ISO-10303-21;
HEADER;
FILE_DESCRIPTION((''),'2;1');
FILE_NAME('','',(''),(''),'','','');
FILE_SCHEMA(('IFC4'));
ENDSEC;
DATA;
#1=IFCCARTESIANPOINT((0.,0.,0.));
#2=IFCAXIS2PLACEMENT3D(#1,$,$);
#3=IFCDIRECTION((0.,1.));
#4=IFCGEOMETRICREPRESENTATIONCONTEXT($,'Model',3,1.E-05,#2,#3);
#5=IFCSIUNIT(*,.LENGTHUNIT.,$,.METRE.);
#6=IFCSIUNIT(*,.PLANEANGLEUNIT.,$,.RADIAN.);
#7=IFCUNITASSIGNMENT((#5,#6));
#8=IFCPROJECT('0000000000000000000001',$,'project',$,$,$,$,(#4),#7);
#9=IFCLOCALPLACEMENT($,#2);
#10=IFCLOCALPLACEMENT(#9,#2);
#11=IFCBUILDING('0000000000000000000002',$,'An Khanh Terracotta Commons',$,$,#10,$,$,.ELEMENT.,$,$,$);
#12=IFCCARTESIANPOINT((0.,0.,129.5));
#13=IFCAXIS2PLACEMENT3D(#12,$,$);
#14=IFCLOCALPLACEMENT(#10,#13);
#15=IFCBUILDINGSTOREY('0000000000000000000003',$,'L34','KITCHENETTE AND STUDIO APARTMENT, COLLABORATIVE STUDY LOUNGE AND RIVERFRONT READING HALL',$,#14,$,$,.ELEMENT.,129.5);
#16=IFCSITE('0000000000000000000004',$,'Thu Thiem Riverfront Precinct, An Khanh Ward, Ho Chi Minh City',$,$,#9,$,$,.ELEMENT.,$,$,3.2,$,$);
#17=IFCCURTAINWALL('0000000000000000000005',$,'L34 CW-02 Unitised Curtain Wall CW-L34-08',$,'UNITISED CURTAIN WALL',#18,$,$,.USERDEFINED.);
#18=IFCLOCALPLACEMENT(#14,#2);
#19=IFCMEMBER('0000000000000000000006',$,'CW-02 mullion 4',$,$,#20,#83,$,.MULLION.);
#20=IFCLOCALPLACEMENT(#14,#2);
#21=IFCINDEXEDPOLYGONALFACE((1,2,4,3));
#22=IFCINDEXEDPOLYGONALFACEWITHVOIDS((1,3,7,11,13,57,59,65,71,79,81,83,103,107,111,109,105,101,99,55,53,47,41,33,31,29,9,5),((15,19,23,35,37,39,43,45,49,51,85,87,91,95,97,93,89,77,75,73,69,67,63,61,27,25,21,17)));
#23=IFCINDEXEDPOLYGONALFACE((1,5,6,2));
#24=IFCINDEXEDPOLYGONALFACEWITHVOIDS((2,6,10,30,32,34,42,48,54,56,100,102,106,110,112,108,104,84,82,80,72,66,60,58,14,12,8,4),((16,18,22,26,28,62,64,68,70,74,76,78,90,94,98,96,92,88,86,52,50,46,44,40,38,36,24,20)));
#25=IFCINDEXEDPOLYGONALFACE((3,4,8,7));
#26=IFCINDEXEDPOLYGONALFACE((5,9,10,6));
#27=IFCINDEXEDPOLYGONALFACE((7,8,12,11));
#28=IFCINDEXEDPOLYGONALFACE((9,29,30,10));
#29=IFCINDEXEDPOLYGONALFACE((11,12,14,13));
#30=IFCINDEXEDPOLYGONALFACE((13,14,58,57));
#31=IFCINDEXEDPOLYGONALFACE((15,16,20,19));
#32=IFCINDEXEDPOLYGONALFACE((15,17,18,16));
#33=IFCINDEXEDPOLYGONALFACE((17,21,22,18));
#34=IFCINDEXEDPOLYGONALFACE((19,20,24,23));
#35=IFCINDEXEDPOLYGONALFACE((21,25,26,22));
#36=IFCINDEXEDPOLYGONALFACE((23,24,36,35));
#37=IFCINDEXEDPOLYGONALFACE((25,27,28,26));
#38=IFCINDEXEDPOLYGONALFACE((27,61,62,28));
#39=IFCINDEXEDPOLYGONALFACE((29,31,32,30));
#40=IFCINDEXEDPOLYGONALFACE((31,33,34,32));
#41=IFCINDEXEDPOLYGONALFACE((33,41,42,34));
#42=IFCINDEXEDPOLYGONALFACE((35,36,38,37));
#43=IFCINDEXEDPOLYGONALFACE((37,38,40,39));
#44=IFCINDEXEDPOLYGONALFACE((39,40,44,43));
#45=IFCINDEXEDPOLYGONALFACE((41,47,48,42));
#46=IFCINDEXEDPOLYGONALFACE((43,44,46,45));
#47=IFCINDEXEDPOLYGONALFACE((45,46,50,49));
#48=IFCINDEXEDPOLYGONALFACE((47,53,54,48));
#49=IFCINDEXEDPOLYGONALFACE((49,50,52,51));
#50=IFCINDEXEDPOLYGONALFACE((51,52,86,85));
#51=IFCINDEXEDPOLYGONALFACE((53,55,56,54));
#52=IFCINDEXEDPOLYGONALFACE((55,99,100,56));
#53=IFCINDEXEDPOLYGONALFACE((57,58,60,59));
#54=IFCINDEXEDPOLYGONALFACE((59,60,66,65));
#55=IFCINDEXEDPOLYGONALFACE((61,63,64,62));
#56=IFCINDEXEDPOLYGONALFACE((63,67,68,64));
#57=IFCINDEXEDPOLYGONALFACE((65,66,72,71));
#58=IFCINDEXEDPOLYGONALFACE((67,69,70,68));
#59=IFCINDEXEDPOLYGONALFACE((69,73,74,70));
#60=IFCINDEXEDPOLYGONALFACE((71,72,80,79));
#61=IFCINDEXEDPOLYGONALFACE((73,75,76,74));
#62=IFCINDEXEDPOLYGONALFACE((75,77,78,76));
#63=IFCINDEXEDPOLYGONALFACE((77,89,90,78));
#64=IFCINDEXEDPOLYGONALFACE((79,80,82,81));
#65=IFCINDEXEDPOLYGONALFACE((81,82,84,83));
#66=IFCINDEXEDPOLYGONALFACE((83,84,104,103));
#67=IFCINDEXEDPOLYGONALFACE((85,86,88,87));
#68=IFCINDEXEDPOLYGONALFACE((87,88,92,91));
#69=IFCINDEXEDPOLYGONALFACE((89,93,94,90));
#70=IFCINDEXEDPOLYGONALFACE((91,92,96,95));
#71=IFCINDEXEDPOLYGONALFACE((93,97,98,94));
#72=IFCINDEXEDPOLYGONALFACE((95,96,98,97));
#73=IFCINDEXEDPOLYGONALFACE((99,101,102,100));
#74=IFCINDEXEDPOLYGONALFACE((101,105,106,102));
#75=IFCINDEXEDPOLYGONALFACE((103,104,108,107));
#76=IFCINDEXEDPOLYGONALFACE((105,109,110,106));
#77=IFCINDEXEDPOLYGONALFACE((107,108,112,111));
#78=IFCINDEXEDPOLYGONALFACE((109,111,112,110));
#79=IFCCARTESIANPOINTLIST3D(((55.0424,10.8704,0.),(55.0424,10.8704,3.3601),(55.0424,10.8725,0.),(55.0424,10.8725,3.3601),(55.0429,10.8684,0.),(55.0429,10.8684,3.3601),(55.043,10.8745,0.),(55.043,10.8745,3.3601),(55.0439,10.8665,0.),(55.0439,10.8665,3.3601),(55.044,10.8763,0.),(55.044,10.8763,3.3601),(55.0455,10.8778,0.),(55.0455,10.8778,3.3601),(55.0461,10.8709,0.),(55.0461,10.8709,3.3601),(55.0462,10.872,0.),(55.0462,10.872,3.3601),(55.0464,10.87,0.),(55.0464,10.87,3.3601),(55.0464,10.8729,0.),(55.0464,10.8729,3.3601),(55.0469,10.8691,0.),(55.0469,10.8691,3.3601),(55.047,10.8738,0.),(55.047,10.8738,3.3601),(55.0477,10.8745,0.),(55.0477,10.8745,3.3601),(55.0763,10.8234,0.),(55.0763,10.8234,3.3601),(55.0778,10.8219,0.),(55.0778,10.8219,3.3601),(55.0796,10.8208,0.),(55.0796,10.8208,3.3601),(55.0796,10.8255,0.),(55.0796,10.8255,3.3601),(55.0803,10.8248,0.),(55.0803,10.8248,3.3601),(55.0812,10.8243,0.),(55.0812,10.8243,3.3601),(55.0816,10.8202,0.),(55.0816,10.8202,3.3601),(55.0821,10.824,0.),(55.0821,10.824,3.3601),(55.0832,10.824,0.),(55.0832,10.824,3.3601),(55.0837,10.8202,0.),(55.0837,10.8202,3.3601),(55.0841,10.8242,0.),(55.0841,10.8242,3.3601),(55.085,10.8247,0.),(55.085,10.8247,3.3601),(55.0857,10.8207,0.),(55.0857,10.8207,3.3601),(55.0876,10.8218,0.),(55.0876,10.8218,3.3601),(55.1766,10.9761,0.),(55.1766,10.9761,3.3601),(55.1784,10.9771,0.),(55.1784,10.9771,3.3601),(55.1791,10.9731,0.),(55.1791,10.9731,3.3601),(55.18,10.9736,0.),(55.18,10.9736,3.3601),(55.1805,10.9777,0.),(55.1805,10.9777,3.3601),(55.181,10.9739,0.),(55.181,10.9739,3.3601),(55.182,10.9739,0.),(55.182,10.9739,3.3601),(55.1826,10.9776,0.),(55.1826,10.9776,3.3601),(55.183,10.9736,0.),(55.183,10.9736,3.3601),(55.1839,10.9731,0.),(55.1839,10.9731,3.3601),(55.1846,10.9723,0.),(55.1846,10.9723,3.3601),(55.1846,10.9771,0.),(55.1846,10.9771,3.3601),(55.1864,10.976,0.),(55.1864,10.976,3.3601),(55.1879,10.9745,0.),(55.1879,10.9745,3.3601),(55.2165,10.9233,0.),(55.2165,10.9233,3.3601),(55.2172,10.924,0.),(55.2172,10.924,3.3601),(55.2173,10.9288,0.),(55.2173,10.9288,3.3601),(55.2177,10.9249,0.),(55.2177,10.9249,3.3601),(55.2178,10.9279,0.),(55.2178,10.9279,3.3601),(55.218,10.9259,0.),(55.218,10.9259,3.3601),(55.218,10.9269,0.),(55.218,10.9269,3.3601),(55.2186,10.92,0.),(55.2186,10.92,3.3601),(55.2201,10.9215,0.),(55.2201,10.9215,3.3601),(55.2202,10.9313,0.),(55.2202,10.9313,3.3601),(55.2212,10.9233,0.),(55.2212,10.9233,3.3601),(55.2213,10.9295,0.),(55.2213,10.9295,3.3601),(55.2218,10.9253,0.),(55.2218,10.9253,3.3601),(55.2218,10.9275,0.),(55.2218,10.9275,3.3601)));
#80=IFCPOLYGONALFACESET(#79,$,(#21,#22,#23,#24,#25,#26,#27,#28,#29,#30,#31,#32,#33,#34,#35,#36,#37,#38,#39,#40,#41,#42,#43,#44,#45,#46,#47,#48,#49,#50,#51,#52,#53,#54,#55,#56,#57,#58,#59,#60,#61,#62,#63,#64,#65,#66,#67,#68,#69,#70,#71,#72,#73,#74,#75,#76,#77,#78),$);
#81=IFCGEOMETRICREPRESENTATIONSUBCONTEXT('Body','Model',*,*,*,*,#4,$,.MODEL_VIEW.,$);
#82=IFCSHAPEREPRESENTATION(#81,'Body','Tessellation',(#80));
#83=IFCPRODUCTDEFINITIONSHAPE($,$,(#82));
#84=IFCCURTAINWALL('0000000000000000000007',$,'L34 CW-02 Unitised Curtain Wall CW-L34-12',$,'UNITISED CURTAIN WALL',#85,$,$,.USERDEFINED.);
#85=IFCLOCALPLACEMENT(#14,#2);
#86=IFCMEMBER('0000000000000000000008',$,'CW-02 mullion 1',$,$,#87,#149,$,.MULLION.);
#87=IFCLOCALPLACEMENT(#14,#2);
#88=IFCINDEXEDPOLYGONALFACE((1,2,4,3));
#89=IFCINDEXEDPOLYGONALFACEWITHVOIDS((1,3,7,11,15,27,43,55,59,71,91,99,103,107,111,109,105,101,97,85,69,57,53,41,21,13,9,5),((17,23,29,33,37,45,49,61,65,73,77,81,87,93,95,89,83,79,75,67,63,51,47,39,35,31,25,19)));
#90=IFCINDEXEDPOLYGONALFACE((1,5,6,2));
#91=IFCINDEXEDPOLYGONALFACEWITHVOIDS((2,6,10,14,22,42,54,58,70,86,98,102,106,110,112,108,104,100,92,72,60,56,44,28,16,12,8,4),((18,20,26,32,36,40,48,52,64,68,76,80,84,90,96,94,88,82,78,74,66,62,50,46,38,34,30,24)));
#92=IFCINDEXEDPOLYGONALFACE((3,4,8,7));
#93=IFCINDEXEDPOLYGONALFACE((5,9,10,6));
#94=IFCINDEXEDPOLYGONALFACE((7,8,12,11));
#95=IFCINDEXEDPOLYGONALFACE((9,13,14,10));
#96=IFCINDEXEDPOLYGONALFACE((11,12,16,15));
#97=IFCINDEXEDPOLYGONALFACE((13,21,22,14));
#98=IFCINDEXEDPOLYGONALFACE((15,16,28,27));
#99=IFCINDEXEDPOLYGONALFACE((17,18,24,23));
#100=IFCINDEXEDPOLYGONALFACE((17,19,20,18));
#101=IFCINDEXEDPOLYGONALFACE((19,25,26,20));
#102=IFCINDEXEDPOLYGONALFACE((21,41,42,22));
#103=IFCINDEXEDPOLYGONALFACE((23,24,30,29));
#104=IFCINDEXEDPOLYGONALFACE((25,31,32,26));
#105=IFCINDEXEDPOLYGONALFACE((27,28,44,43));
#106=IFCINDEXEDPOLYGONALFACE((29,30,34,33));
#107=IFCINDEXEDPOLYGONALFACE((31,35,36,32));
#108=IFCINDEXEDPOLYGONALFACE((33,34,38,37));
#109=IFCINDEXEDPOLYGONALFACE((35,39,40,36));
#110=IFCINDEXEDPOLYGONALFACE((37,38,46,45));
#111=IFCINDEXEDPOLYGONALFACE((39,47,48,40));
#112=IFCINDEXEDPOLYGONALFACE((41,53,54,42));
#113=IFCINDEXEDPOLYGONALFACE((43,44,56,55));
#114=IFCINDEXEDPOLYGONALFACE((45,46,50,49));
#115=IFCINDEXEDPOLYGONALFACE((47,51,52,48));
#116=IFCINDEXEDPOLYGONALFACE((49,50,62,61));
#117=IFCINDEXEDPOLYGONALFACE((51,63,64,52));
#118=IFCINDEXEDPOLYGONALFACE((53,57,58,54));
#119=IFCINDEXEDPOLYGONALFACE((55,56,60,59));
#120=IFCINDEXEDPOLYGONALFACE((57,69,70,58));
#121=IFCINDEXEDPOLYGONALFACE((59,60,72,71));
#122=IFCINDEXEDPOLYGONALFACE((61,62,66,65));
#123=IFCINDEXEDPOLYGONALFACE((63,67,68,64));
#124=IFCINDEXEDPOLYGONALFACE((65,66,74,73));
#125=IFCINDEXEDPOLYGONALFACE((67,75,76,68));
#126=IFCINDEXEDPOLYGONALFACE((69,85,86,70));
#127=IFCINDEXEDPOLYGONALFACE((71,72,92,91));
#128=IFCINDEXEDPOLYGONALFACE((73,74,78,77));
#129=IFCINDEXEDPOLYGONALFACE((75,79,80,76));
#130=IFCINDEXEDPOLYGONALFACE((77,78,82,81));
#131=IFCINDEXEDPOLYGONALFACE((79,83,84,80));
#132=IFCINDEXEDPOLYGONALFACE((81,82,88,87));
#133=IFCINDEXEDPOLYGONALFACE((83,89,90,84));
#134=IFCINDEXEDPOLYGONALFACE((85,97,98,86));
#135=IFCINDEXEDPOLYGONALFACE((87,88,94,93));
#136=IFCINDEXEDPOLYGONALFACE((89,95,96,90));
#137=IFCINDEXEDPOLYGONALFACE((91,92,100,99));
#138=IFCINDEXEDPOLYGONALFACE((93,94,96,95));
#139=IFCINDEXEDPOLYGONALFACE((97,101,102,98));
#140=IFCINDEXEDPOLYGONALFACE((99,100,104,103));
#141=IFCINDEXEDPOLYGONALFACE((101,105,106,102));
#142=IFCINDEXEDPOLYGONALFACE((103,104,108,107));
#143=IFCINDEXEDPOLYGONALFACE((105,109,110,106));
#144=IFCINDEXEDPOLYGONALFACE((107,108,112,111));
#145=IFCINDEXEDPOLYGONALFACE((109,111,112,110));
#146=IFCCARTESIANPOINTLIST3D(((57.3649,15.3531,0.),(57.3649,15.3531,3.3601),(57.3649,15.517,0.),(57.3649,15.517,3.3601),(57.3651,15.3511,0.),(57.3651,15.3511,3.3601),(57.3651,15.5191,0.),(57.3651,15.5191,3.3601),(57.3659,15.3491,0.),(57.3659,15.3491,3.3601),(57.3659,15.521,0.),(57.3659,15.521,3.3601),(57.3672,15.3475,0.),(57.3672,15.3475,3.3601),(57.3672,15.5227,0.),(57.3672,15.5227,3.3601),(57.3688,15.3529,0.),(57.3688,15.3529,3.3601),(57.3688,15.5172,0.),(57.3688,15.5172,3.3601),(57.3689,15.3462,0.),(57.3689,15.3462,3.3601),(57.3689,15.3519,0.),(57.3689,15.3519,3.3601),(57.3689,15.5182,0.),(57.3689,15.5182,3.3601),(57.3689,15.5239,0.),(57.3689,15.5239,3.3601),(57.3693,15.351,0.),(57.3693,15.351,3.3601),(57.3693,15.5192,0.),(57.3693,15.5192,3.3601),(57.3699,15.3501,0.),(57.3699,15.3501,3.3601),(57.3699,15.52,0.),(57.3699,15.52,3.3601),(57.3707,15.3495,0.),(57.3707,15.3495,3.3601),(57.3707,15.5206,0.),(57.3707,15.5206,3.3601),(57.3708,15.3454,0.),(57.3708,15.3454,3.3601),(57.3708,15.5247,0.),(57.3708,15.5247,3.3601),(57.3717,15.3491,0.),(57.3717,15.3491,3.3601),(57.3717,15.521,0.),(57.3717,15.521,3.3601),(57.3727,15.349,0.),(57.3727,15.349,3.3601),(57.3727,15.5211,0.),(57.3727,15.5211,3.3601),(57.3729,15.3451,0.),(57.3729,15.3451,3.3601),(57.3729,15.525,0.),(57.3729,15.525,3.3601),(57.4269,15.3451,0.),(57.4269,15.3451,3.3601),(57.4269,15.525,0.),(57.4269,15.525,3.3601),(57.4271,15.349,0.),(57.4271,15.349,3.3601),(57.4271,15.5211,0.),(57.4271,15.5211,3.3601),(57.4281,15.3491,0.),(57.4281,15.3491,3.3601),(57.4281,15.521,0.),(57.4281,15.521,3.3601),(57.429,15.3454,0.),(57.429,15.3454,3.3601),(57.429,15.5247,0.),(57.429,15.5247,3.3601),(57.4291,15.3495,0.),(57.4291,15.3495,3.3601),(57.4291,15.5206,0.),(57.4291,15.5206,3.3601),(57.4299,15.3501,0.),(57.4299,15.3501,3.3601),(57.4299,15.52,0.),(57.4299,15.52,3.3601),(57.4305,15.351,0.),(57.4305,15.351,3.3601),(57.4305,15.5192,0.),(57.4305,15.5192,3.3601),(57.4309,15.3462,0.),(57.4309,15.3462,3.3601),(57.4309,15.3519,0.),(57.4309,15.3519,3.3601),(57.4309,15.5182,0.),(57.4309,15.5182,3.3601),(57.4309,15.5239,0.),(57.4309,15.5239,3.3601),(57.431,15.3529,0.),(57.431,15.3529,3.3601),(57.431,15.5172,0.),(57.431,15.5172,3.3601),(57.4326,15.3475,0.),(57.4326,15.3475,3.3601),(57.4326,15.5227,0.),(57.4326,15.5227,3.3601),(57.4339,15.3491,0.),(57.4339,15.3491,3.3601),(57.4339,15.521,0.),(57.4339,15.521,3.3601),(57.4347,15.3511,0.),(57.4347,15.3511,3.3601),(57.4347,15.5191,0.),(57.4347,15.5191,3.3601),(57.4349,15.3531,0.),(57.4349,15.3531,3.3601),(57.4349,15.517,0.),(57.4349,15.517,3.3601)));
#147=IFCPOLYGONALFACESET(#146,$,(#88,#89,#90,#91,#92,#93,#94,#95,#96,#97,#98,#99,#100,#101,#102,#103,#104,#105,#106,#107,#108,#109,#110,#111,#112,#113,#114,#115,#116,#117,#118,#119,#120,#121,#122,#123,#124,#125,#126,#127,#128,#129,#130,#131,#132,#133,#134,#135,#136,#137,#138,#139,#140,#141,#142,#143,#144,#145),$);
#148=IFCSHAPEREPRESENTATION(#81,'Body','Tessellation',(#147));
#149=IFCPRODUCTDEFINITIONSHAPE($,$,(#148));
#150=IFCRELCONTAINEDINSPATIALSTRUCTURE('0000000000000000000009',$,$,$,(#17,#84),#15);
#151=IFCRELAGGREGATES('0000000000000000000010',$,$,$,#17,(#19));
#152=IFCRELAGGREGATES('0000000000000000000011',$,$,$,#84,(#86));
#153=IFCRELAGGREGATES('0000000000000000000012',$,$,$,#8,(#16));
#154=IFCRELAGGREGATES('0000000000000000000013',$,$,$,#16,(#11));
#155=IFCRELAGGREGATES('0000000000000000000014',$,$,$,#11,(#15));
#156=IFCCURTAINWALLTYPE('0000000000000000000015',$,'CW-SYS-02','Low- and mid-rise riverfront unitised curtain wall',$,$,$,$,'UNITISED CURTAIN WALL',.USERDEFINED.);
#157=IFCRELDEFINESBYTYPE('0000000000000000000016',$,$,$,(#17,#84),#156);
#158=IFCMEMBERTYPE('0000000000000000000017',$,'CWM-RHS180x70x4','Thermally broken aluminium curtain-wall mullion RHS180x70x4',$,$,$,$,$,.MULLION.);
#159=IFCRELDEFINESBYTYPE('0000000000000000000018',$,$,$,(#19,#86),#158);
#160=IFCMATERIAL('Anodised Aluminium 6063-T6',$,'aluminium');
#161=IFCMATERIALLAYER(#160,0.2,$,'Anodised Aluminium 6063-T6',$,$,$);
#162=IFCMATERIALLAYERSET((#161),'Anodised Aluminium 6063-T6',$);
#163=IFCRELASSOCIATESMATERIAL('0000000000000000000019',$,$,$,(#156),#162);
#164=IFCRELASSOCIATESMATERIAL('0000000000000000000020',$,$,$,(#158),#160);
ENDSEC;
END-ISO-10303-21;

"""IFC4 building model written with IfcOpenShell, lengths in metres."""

from ifc_helpers import new_model, si_unit, direction, frame, origin, origin_2d, place, context, subcontext, project, spatial, hollow_rectangle, extrude, material, layer, layer_set, material_profile, profile_set, type_object, element, aggregate, save


model = new_model("IFC4")

# Units and contexts
model_context = context("Model", 3, precision=1e-05, world=origin(), true_north=direction((0.0, 1.0)))
body_context = subcontext(model_context, "Body", "Model", "MODEL_VIEW")
ifc_project = project(units=[si_unit("LENGTHUNIT", "METRE"), si_unit("PLANEANGLEUNIT", "RADIAN")], contexts=[model_context])

# Site, building, storey
site_placement = place(None, origin())
site = spatial("IfcSite", under=ifc_project, at=site_placement, Name="Thu Thiem Riverfront Precinct, An Khanh Ward, Ho Chi Minh City", CompositionType="ELEMENT", RefElevation=3.2)
building_placement = place(site_placement, origin())
building = spatial("IfcBuilding", under=site, at=building_placement, Name="An Khanh Terracotta Commons", CompositionType="ELEMENT")
storey_placement = place(building_placement, frame((0.0, 0.0, 129.5)))
storey = spatial("IfcBuildingStorey", under=building, at=storey_placement, Name="L34", Description="KITCHENETTE AND STUDIO APARTMENT, COLLABORATIVE STUDY LOUNGE AND RIVERFRONT READING HALL", CompositionType="ELEMENT", Elevation=129.5)

# Curtain walls, members
ifc_material_1 = material(Name="Anodised Aluminium 6063-T6", Category="aluminium")
ifc_layer_1 = layer(ifc_material_1, 0.2, Name="Anodised Aluminium 6063-T6")
ifc_layer_set_1 = layer_set([ifc_layer_1], Name="Anodised Aluminium 6063-T6")
curtain_wall_type = type_object("IfcCurtainWallType", Name="CW-SYS-02", Description="Low- and mid-rise riverfront unitised curtain wall", ElementType="UNITISED CURTAIN WALL", PredefinedType="USERDEFINED", material=ifc_layer_set_1)
curtain_wall_1_placement = place(storey_placement, origin())
curtain_wall_1 = element("IfcCurtainWall", 1, at=curtain_wall_1_placement, inside=storey, type_object=curtain_wall_type, Name="L34 CW-02 Unitised Curtain Wall CW-L34-08", ObjectType="UNITISED CURTAIN WALL", PredefinedType="USERDEFINED")
ifc_material_profile_1 = material_profile(ifc_material_1, hollow_rectangle(XDim=0.0701, YDim=0.1799, WallThickness=0.0039, InnerFilletRadius=0.0039, OuterFilletRadius=0.0081, at=origin_2d()), Name="RHS180x70x4")
ifc_profile_set_1 = profile_set([ifc_material_profile_1], Name="Anodised Aluminium 6063-T6")
member_type_1 = type_object("IfcMemberType", Name="CWM-RHS180x70x4", Description="Thermally broken aluminium curtain-wall mullion RHS180x70x4", PredefinedType="MULLION", material=ifc_profile_set_1)
member_1_placement = place(storey_placement, frame((55.1321, 10.8989, 0.0), z_axis=(0.0, 0.0, 1.0), x_axis=(-0.599983, 0.800013, 0.0)))
member_1 = element("IfcMember", 2, at=member_1_placement, type_object=member_type_1, Name="CW-02 mullion 4", PredefinedType="MULLION", context=body_context, shape_type="SweptSolid", body=[
    extrude(hollow_rectangle(XDim=0.0701, YDim=0.1799, WallThickness=0.0039, InnerFilletRadius=0.0039, OuterFilletRadius=0.0081, at=origin_2d()), origin(), (0.0, 0.0, 1.0), 3.3601),
])
curtain_wall_2_placement = place(storey_placement, origin())
curtain_wall_2 = element("IfcCurtainWall", 3, at=curtain_wall_2_placement, inside=storey, type_object=curtain_wall_type, Name="L34 CW-02 Unitised Curtain Wall CW-L34-12", ObjectType="UNITISED CURTAIN WALL", PredefinedType="USERDEFINED")
member_2_placement = place(storey_placement, frame((57.3999, 15.4351, 0.0), z_axis=(0.0, 0.0, 1.0), x_axis=(-1.0, 0.0, 0.0)))
member_2 = element("IfcMember", 4, at=member_2_placement, type_object=member_type_1, Name="CW-02 mullion 1", PredefinedType="MULLION", context=body_context, shape_type="SweptSolid", body=[
    extrude(hollow_rectangle(XDim=0.0701, YDim=0.1799, WallThickness=0.0039, InnerFilletRadius=0.0039, OuterFilletRadius=0.0081, at=origin_2d()), origin(), (0.0, 0.0, 1.0), 3.3601),
])

aggregate(curtain_wall_1, [member_1])
aggregate(curtain_wall_2, [member_2])

save(model, "model.ifc")
